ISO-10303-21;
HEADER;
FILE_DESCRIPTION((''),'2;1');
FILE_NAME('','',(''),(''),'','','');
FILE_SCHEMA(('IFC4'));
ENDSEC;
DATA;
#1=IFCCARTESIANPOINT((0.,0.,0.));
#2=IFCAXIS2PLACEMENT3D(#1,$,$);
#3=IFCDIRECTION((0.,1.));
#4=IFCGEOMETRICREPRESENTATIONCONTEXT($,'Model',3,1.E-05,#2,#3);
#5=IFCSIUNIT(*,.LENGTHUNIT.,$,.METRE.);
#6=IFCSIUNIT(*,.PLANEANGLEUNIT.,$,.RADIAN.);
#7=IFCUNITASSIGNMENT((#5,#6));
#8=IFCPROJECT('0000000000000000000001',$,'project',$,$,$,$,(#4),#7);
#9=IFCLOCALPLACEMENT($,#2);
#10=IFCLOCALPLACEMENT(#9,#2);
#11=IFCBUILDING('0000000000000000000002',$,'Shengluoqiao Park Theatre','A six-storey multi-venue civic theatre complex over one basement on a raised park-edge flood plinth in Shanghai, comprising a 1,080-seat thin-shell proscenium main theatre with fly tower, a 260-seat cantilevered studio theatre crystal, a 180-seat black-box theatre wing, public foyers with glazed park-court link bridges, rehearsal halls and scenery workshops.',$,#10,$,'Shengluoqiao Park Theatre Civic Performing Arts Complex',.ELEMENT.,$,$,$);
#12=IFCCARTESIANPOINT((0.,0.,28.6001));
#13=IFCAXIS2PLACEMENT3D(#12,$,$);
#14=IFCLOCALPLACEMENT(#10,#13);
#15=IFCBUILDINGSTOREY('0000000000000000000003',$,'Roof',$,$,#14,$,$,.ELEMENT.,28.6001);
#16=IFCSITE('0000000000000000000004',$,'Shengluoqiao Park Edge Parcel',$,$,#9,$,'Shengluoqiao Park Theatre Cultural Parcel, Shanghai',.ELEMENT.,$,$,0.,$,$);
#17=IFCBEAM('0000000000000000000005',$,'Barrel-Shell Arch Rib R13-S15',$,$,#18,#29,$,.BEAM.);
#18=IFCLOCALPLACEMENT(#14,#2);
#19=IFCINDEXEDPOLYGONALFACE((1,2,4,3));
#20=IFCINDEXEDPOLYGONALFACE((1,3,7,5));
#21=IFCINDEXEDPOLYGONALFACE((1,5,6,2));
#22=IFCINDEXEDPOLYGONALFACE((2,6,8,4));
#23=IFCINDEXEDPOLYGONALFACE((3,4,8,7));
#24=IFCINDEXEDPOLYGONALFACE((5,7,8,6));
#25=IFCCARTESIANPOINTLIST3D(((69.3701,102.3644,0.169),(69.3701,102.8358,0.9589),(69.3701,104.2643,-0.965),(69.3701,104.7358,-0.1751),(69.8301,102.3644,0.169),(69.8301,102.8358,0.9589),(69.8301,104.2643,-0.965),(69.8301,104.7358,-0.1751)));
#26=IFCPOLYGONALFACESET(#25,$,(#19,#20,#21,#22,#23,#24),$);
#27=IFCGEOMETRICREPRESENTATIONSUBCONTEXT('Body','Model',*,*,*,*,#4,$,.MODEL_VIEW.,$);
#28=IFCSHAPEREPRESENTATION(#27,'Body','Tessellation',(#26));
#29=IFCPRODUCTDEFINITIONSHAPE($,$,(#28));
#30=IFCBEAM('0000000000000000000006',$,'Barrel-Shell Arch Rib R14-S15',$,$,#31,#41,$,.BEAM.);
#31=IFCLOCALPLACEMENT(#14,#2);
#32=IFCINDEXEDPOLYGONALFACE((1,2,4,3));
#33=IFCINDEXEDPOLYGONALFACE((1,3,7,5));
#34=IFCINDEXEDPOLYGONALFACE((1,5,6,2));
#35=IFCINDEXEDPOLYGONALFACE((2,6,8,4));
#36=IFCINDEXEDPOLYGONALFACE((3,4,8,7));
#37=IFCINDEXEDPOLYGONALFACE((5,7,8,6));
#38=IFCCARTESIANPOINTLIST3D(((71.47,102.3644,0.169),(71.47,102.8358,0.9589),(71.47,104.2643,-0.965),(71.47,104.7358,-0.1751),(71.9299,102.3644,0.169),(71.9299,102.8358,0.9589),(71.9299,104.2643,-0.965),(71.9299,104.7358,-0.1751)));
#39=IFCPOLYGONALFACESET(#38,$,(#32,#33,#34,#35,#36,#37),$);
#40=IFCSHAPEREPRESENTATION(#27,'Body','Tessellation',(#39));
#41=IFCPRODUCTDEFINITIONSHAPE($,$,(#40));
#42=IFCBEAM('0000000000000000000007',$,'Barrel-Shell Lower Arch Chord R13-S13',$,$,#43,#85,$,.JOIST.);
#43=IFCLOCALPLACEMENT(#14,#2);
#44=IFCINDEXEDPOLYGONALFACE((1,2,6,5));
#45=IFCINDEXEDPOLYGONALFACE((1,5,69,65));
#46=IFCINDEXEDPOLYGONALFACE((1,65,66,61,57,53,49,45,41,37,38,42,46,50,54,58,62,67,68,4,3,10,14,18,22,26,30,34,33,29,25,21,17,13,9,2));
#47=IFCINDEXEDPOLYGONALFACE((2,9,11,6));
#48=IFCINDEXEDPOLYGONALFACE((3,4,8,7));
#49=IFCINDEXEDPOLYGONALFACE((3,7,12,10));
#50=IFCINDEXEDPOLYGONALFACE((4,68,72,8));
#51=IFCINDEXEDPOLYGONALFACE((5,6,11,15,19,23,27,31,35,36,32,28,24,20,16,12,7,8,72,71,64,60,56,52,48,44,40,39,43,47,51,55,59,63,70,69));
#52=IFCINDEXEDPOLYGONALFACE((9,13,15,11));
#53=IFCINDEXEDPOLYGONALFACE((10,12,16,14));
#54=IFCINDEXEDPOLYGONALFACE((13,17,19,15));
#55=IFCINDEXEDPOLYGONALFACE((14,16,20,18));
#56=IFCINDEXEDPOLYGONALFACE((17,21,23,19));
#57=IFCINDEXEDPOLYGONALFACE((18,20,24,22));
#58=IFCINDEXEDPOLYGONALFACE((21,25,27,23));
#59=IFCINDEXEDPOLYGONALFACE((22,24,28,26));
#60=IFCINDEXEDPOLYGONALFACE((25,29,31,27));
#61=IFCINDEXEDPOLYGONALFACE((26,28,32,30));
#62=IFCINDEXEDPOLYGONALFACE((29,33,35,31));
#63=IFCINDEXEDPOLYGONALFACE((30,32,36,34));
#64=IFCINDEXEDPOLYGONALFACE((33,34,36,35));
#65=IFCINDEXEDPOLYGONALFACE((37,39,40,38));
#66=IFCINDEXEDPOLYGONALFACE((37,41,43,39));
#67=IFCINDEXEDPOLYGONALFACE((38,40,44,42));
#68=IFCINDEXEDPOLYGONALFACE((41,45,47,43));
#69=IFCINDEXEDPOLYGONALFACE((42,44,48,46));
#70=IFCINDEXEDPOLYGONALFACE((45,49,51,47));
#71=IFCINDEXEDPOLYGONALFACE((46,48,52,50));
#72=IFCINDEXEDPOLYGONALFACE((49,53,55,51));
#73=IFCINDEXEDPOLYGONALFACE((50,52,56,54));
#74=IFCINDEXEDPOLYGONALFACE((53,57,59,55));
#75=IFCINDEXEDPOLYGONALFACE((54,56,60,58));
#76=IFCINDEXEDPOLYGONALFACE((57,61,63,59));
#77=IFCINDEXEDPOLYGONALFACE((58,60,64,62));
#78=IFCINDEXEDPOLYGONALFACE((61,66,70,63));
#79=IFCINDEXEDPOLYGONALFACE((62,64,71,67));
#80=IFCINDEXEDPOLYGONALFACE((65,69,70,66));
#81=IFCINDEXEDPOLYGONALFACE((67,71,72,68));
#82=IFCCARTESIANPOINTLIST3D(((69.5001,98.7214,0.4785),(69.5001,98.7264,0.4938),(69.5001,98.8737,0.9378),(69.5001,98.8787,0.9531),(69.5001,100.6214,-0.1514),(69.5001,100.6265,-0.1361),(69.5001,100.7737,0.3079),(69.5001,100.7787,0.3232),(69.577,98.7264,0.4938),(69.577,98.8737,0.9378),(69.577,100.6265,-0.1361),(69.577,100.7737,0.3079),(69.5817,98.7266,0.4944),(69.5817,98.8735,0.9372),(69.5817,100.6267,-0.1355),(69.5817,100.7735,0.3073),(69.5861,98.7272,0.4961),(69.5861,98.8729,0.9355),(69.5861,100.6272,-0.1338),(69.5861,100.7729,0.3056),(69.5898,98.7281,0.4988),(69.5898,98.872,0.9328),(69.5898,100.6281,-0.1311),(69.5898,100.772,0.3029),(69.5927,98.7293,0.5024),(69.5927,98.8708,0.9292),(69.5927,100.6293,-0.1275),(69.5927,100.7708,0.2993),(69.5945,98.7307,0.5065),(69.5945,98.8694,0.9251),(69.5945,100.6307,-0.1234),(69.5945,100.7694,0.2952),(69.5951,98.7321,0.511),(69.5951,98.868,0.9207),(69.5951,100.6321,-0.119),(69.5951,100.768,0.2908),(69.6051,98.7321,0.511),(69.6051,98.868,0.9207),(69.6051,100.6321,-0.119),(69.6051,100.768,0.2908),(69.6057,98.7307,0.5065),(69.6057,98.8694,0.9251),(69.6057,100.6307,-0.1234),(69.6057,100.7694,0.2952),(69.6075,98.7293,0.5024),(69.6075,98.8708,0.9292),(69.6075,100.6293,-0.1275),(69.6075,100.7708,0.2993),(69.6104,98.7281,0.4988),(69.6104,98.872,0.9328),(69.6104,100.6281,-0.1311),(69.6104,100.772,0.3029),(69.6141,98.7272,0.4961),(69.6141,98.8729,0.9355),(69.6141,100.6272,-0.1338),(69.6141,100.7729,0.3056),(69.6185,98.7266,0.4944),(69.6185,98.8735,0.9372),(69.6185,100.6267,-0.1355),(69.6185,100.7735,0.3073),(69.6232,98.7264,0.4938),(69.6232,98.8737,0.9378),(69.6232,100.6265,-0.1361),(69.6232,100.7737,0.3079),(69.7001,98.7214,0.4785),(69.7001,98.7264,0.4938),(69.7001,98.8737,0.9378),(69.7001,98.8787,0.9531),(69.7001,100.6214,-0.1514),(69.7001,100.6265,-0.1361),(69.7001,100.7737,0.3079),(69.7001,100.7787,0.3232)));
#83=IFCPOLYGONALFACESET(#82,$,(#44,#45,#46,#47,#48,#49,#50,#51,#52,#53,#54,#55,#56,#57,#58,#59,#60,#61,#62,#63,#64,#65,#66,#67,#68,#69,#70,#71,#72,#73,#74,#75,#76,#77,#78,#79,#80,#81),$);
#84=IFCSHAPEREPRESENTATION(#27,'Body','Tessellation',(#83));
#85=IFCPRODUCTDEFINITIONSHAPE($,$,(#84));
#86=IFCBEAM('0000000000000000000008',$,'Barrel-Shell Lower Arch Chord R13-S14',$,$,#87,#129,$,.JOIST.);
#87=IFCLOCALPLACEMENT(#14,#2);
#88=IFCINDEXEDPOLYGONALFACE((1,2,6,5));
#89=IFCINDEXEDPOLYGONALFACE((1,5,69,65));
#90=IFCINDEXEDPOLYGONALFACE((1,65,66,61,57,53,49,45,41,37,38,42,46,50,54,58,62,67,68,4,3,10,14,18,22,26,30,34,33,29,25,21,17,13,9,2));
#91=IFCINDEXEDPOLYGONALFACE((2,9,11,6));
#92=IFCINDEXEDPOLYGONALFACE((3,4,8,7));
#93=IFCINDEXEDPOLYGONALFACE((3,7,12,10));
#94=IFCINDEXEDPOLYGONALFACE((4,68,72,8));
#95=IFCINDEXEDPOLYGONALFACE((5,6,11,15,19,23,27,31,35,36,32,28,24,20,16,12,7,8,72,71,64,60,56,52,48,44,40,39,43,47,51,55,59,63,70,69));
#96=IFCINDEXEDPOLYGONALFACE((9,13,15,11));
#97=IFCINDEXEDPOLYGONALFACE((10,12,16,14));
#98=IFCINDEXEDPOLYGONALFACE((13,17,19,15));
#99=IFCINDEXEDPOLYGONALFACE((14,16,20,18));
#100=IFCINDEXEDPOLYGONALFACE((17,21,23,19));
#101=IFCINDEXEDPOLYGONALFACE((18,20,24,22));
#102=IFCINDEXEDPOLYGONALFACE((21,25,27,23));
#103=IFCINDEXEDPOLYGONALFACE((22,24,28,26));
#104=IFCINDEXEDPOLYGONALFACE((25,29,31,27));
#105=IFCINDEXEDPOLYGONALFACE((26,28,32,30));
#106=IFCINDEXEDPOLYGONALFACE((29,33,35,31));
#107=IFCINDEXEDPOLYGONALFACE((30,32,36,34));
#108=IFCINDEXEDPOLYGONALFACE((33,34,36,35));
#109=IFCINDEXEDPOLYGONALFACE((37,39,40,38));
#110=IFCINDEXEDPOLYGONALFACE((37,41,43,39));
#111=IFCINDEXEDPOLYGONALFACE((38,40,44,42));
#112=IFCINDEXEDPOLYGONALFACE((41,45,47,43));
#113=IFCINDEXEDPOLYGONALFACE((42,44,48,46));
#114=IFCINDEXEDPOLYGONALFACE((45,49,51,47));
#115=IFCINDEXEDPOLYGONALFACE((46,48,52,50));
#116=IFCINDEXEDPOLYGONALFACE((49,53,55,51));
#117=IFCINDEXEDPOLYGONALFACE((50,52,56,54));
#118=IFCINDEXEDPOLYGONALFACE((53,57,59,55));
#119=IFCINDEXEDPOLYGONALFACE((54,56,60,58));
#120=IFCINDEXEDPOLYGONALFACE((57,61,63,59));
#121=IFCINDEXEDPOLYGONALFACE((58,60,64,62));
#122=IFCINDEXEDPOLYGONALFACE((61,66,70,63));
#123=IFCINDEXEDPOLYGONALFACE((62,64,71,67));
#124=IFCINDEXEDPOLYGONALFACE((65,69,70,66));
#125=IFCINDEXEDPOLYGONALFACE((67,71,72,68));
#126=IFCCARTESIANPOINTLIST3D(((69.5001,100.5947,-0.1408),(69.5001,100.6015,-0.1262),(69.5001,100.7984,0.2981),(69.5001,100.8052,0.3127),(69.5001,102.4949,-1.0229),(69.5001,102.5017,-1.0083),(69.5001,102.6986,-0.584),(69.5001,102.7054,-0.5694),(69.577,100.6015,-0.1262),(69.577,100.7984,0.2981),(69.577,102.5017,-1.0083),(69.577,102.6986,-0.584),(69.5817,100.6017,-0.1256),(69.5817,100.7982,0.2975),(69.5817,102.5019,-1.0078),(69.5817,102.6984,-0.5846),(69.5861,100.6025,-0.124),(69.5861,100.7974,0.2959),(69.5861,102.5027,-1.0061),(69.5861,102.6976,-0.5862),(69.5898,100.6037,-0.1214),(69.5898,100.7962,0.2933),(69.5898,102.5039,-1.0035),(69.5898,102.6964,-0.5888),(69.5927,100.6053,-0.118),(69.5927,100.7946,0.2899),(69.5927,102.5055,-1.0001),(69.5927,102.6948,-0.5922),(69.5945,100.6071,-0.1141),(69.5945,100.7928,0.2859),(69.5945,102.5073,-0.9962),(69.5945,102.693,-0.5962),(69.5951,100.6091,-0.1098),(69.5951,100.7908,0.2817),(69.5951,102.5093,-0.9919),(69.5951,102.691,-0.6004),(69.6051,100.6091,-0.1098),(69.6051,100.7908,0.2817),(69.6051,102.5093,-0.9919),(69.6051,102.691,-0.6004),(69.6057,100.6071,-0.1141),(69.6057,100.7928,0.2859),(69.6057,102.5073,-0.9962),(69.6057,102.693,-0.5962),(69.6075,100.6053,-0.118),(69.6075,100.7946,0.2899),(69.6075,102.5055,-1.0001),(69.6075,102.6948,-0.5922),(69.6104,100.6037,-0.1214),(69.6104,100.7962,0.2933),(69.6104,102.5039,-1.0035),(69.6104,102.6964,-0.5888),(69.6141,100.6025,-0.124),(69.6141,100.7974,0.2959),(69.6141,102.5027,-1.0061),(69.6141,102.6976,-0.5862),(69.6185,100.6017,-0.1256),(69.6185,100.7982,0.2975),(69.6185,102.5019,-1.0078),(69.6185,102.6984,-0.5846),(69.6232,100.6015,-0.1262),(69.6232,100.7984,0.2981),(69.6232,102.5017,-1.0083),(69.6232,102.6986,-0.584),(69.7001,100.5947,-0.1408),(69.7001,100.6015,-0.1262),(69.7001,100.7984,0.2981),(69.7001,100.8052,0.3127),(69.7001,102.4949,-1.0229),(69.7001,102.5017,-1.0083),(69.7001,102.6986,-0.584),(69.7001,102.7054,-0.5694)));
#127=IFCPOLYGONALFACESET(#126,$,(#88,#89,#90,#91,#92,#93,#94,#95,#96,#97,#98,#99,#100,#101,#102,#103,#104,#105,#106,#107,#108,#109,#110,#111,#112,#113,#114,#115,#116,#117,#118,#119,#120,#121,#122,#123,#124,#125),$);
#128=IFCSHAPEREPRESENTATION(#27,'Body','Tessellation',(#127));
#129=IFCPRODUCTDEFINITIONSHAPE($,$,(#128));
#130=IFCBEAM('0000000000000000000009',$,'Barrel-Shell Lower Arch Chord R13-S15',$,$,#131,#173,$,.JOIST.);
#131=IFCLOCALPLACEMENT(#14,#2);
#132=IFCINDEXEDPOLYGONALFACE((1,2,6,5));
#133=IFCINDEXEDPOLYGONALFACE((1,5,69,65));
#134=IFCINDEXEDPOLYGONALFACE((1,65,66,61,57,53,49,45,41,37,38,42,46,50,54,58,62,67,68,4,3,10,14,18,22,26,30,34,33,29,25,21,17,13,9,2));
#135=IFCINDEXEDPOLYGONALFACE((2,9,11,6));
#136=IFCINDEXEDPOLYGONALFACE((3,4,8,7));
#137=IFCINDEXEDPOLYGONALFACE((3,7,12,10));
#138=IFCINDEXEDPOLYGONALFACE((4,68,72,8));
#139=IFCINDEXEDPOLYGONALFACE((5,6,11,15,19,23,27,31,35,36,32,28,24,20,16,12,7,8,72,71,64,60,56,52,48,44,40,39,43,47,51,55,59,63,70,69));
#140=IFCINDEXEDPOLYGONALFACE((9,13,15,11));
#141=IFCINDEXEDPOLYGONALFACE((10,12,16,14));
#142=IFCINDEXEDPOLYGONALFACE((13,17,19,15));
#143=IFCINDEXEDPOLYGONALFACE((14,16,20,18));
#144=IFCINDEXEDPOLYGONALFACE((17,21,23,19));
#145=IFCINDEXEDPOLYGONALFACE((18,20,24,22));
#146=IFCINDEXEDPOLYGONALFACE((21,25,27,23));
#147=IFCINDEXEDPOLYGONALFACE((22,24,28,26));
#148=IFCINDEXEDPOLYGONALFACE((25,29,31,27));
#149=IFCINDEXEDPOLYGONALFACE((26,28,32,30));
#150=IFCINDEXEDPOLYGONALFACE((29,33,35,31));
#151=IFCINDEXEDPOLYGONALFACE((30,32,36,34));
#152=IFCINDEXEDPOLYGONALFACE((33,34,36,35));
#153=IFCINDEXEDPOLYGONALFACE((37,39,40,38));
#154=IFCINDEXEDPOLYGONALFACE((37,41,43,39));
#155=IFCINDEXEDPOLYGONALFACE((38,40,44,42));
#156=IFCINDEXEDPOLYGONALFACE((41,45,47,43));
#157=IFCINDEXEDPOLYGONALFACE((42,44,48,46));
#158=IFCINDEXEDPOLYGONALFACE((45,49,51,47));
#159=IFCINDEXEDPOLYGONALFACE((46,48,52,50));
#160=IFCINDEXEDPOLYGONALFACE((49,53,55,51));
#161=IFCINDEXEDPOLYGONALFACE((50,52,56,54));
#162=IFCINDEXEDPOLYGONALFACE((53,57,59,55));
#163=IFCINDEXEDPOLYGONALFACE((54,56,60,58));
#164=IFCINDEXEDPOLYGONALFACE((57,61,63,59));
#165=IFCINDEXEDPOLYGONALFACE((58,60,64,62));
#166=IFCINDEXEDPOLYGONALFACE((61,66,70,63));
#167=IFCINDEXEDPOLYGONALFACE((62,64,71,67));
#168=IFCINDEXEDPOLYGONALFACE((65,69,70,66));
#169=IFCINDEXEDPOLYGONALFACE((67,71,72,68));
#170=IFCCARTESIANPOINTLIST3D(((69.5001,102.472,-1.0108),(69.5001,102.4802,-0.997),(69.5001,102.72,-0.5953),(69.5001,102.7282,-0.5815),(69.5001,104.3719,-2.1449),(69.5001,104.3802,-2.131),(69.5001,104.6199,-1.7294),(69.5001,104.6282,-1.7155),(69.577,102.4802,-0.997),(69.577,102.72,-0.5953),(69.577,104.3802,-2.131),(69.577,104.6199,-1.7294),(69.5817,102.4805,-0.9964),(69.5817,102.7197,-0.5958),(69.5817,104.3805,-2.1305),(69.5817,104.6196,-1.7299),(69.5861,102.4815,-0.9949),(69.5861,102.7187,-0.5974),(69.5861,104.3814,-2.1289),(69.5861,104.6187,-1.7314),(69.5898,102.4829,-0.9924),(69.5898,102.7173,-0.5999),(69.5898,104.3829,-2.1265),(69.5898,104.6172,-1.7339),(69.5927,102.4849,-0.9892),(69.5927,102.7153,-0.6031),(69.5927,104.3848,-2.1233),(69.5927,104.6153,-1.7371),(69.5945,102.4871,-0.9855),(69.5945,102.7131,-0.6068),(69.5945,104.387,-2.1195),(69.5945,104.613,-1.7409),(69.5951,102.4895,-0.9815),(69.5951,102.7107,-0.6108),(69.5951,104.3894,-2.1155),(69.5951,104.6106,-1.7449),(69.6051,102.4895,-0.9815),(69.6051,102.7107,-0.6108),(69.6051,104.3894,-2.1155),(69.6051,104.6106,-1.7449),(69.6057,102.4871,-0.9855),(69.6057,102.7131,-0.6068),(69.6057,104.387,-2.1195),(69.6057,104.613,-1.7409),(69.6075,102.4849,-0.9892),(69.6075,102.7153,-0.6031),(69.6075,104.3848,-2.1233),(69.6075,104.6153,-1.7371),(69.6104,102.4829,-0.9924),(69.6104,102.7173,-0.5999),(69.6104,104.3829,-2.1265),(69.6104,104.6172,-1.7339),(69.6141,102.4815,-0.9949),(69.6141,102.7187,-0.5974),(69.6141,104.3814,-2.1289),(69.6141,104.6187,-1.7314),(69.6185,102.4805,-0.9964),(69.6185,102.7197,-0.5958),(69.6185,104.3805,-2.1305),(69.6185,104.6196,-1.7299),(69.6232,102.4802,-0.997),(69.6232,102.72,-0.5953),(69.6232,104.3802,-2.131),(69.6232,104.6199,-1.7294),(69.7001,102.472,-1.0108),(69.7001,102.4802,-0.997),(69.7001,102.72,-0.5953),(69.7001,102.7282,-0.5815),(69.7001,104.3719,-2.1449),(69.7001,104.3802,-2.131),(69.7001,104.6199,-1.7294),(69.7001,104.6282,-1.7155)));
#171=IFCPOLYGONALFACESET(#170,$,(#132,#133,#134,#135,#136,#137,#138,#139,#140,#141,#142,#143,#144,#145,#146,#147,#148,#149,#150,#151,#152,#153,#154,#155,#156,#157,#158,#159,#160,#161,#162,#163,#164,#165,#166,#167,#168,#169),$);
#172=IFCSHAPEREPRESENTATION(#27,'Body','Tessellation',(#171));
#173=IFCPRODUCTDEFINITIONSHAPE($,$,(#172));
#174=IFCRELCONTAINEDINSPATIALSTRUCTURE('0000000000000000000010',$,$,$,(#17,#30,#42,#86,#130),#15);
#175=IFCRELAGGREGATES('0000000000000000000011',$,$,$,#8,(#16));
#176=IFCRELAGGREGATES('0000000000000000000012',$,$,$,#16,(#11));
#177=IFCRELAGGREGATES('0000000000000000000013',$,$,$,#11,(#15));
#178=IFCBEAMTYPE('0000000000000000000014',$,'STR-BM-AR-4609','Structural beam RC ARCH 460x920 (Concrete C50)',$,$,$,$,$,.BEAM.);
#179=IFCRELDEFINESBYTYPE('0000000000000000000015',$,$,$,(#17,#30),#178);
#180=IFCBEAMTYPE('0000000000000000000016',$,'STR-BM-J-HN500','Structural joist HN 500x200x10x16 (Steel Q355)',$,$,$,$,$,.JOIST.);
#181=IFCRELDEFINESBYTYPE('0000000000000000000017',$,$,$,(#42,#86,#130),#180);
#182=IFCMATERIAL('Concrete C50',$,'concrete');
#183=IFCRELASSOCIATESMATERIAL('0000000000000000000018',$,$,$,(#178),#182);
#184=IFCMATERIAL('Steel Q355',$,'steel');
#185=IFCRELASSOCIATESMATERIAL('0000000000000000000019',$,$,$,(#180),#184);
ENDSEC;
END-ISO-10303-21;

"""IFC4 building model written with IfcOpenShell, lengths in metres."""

from ifc_helpers import new_model, si_unit, direction, frame, origin, origin_2d, place, context, subcontext, project, spatial, rectangle, i_section, extrude, material, material_profile, profile_set, type_object, element, save


model = new_model("IFC4")

# Units and contexts
model_context = context("Model", 3, precision=1e-05, world=origin(), true_north=direction((0.0, 1.0)))
body_context = subcontext(model_context, "Body", "Model", "MODEL_VIEW")
ifc_project = project(units=[si_unit("LENGTHUNIT", "METRE"), si_unit("PLANEANGLEUNIT", "RADIAN")], contexts=[model_context])

# Site, building, storey
site_placement = place(None, origin())
site = spatial("IfcSite", under=ifc_project, at=site_placement, Name="Shengluoqiao Park Edge Parcel", LongName="Shengluoqiao Park Theatre Cultural Parcel, Shanghai", CompositionType="ELEMENT", RefElevation=0.0)
building_placement = place(site_placement, origin())
building = spatial("IfcBuilding", under=site, at=building_placement, Name="Shengluoqiao Park Theatre", Description="A six-storey multi-venue civic theatre complex over one basement on a raised park-edge flood plinth in Shanghai, comprising a 1,080-seat thin-shell proscenium main theatre with fly tower, a 260-seat cantilevered studio theatre crystal, a 180-seat black-box theatre wing, public foyers with glazed park-court link bridges, rehearsal halls and scenery workshops.", LongName="Shengluoqiao Park Theatre Civic Performing Arts Complex", CompositionType="ELEMENT")
storey_placement = place(building_placement, frame((0.0, 0.0, 28.6001)))
storey = spatial("IfcBuildingStorey", under=building, at=storey_placement, Name="Roof", CompositionType="ELEMENT", Elevation=28.6001)

# Beams
ifc_material_1 = material(Name="Concrete C50", Category="concrete")
ifc_material_profile_1 = material_profile(ifc_material_1, rectangle(XDim=0.46, YDim=0.9199, at=origin_2d()), Name="RC ARCH 460x920")
ifc_profile_set_1 = profile_set([ifc_material_profile_1], Name="Concrete C50")
beam_type_1 = type_object("IfcBeamType", Name="STR-BM-AR-4609", Description="Structural beam RC ARCH 460x920 (Concrete C50)", PredefinedType="BEAM", material=ifc_profile_set_1)
for number, where, z_axis, x_axis, name in (
    (1, (69.6001, 102.6001, 0.564), (0.0, 0.858669, -0.512531), (-1.0, 0.0, 0.0), "Barrel-Shell Arch Rib R13-S15"),
    (2, (71.7, 102.6001, 0.564), (0.0, 0.858669, -0.512531), (-1.0, 0.0, 0.0), "Barrel-Shell Arch Rib R14-S15"),
):
    element("IfcBeam", number, at=place(storey_placement, frame(where, z_axis=z_axis, x_axis=x_axis)), inside=storey, type_object=beam_type_1, Name=name, PredefinedType="BEAM", context=body_context, shape_type="SweptSolid", body=[
        extrude(rectangle(XDim=0.46, YDim=0.9199, at=origin_2d()), origin(), (0.0, 0.0, 1.0), 2.2126),
    ])
ifc_material_2 = material(Name="Steel Q355", Category="steel")
ifc_material_profile_2 = material_profile(ifc_material_2, i_section(OverallWidth=0.2, OverallDepth=0.5, WebThickness=0.01, FlangeThickness=0.0161, FilletRadius=0.0181, at=origin_2d()), Name="HN 500x200x10x16")
ifc_profile_set_2 = profile_set([ifc_material_profile_2], Name="Steel Q355")
beam_type_2 = type_object("IfcBeamType", Name="STR-BM-J-HN500", Description="Structural joist HN 500x200x10x16 (Steel Q355)", PredefinedType="JOIST", material=ifc_profile_set_2)
beam_1_placement = place(storey_placement, frame((69.6001, 98.8, 0.7158), z_axis=(0.0, 0.949194, -0.31469), x_axis=(-1.0, 0.0, 0.0)))
element("IfcBeam", 3, at=beam_1_placement, inside=storey, type_object=beam_type_2, Name="Barrel-Shell Lower Arch Chord R13-S13", PredefinedType="JOIST", context=body_context, shape_type="SweptSolid", body=[
    extrude(i_section(OverallWidth=0.2, OverallDepth=0.5, WebThickness=0.01, FlangeThickness=0.0161, FilletRadius=0.0181, at=origin_2d()), origin(), (0.0, 0.0, 1.0), 2.0017),
])
beam_2_placement = place(storey_placement, frame((69.6001, 100.7, 0.0859), z_axis=(0.0, 0.907033, -0.42106), x_axis=(-1.0, 0.0, 0.0)))
element("IfcBeam", 4, at=beam_2_placement, inside=storey, type_object=beam_type_2, Name="Barrel-Shell Lower Arch Chord R13-S14", PredefinedType="JOIST", context=body_context, shape_type="SweptSolid", body=[
    extrude(i_section(OverallWidth=0.2, OverallDepth=0.5, WebThickness=0.01, FlangeThickness=0.0161, FilletRadius=0.0181, at=origin_2d()), origin(), (0.0, 0.0, 1.0), 2.095),
])
beam_3_placement = place(storey_placement, frame((69.6001, 102.6001, -0.7961), z_axis=(0.0, 0.858669, -0.512531), x_axis=(-1.0, 0.0, 0.0)))
element("IfcBeam", 5, at=beam_3_placement, inside=storey, type_object=beam_type_2, Name="Barrel-Shell Lower Arch Chord R13-S15", PredefinedType="JOIST", context=body_context, shape_type="SweptSolid", body=[
    extrude(i_section(OverallWidth=0.2, OverallDepth=0.5, WebThickness=0.01, FlangeThickness=0.0161, FilletRadius=0.0181, at=origin_2d()), origin(), (0.0, 0.0, 1.0), 2.2126),
])

save(model, "model.ifc")
